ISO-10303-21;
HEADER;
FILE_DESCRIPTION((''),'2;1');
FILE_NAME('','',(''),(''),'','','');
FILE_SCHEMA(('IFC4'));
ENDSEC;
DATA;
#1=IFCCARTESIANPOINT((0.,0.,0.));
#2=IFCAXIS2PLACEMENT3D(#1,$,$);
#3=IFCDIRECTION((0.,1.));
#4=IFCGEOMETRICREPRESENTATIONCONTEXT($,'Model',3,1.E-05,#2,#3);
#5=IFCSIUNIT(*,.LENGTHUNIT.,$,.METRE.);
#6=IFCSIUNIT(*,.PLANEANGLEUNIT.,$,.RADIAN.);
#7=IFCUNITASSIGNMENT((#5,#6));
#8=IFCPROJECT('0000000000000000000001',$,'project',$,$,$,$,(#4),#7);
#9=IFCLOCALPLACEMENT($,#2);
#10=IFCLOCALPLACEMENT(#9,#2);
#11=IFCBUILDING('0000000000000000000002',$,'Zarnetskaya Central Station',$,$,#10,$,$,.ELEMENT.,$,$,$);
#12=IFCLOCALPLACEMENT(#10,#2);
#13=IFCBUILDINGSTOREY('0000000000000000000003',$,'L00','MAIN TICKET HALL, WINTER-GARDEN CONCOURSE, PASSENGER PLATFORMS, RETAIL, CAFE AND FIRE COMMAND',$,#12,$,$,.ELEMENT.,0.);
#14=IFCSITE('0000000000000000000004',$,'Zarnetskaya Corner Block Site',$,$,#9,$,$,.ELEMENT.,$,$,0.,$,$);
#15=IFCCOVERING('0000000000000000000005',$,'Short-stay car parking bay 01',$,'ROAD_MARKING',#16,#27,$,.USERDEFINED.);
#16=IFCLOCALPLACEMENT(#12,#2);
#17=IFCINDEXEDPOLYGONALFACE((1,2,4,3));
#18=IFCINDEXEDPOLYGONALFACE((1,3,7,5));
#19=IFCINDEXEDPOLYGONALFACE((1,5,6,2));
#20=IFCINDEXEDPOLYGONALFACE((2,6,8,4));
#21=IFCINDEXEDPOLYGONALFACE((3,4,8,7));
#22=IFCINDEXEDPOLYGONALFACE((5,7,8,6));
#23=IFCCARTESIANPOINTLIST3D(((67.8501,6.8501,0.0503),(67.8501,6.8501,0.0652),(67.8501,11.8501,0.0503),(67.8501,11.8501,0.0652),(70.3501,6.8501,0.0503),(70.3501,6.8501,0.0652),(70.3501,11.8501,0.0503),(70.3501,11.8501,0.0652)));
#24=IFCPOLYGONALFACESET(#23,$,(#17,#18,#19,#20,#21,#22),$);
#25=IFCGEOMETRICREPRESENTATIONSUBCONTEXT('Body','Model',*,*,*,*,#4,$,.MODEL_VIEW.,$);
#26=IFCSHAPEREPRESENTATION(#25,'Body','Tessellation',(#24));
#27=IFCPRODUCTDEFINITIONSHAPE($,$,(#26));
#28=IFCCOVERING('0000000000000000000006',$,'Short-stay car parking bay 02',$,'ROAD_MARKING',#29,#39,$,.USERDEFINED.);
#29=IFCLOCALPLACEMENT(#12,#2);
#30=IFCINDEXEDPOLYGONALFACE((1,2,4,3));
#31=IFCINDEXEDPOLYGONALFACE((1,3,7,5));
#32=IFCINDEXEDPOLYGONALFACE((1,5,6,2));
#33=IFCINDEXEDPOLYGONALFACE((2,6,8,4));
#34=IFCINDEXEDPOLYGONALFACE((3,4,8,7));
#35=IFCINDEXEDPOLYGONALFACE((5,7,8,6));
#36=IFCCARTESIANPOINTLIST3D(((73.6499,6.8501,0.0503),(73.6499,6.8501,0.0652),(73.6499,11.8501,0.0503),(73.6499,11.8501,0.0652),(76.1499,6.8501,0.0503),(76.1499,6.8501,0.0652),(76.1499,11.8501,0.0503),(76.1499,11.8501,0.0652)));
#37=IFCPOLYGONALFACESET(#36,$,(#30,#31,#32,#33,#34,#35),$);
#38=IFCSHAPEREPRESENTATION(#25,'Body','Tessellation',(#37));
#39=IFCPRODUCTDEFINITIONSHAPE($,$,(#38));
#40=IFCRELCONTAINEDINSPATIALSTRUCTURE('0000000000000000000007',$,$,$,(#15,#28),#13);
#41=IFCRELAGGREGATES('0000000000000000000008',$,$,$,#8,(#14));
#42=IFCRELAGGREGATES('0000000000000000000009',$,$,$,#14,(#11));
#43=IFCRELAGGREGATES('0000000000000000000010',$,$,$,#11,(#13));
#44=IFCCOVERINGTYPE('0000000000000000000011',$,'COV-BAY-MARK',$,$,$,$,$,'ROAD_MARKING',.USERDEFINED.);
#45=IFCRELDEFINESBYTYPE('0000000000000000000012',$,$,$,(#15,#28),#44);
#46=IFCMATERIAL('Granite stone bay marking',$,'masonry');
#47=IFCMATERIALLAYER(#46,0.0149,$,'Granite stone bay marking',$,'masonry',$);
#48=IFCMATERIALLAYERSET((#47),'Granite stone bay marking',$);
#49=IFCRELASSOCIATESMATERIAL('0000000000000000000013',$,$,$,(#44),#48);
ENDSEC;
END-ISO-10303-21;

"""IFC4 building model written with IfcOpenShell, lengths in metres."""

from ifc_helpers import new_model, si_unit, direction, frame, origin, origin_2d, place, context, subcontext, project, spatial, rectangle, extrude, material, layer, layer_set, type_object, element, save


model = new_model("IFC4")

# Units and contexts
model_context = context("Model", 3, precision=1e-05, world=origin(), true_north=direction((0.0, 1.0)))
body_context = subcontext(model_context, "Body", "Model", "MODEL_VIEW")
ifc_project = project(units=[si_unit("LENGTHUNIT", "METRE"), si_unit("PLANEANGLEUNIT", "RADIAN")], contexts=[model_context])

# Site, building, storey
site_placement = place(None, origin())
site = spatial("IfcSite", under=ifc_project, at=site_placement, Name="Zarnetskaya Corner Block Site", CompositionType="ELEMENT", RefElevation=0.0)
building_placement = place(site_placement, origin())
building = spatial("IfcBuilding", under=site, at=building_placement, Name="Zarnetskaya Central Station", CompositionType="ELEMENT")
storey_placement = place(building_placement, origin())
storey = spatial("IfcBuildingStorey", under=building, at=storey_placement, Name="L00", Description="MAIN TICKET HALL, WINTER-GARDEN CONCOURSE, PASSENGER PLATFORMS, RETAIL, CAFE AND FIRE COMMAND", CompositionType="ELEMENT", Elevation=0.0)

# Coverings
ifc_material_1 = material(Name="Granite stone bay marking", Category="masonry")
ifc_layer_1 = layer(ifc_material_1, 0.0149, Name="Granite stone bay marking", Category="masonry")
ifc_layer_set_1 = layer_set([ifc_layer_1], Name="Granite stone bay marking")
covering_type = type_object("IfcCoveringType", Name="COV-BAY-MARK", ElementType="ROAD_MARKING", PredefinedType="USERDEFINED", material=ifc_layer_set_1)
for number, where, z_axis, x_axis, name in (
    (1, (69.1001, 9.3501, 0.0503), (0.0, 0.0, 1.0), (1.0, 0.0, 0.0), "Short-stay car parking bay 01"),
    (2, (74.8999, 9.3501, 0.0503), (0.0, 0.0, 1.0), (1.0, 0.0, 0.0), "Short-stay car parking bay 02"),
):
    element("IfcCovering", number, at=place(storey_placement, frame(where, z_axis=z_axis, x_axis=x_axis)), inside=storey, type_object=covering_type, Name=name, ObjectType="ROAD_MARKING", PredefinedType="USERDEFINED", context=body_context, shape_type="SweptSolid", body=[
        extrude(rectangle(XDim=2.5, YDim=5.0, at=origin_2d()), origin(), (0.0, 0.0, 1.0), 0.0149),
    ])

save(model, "model.ifc")
